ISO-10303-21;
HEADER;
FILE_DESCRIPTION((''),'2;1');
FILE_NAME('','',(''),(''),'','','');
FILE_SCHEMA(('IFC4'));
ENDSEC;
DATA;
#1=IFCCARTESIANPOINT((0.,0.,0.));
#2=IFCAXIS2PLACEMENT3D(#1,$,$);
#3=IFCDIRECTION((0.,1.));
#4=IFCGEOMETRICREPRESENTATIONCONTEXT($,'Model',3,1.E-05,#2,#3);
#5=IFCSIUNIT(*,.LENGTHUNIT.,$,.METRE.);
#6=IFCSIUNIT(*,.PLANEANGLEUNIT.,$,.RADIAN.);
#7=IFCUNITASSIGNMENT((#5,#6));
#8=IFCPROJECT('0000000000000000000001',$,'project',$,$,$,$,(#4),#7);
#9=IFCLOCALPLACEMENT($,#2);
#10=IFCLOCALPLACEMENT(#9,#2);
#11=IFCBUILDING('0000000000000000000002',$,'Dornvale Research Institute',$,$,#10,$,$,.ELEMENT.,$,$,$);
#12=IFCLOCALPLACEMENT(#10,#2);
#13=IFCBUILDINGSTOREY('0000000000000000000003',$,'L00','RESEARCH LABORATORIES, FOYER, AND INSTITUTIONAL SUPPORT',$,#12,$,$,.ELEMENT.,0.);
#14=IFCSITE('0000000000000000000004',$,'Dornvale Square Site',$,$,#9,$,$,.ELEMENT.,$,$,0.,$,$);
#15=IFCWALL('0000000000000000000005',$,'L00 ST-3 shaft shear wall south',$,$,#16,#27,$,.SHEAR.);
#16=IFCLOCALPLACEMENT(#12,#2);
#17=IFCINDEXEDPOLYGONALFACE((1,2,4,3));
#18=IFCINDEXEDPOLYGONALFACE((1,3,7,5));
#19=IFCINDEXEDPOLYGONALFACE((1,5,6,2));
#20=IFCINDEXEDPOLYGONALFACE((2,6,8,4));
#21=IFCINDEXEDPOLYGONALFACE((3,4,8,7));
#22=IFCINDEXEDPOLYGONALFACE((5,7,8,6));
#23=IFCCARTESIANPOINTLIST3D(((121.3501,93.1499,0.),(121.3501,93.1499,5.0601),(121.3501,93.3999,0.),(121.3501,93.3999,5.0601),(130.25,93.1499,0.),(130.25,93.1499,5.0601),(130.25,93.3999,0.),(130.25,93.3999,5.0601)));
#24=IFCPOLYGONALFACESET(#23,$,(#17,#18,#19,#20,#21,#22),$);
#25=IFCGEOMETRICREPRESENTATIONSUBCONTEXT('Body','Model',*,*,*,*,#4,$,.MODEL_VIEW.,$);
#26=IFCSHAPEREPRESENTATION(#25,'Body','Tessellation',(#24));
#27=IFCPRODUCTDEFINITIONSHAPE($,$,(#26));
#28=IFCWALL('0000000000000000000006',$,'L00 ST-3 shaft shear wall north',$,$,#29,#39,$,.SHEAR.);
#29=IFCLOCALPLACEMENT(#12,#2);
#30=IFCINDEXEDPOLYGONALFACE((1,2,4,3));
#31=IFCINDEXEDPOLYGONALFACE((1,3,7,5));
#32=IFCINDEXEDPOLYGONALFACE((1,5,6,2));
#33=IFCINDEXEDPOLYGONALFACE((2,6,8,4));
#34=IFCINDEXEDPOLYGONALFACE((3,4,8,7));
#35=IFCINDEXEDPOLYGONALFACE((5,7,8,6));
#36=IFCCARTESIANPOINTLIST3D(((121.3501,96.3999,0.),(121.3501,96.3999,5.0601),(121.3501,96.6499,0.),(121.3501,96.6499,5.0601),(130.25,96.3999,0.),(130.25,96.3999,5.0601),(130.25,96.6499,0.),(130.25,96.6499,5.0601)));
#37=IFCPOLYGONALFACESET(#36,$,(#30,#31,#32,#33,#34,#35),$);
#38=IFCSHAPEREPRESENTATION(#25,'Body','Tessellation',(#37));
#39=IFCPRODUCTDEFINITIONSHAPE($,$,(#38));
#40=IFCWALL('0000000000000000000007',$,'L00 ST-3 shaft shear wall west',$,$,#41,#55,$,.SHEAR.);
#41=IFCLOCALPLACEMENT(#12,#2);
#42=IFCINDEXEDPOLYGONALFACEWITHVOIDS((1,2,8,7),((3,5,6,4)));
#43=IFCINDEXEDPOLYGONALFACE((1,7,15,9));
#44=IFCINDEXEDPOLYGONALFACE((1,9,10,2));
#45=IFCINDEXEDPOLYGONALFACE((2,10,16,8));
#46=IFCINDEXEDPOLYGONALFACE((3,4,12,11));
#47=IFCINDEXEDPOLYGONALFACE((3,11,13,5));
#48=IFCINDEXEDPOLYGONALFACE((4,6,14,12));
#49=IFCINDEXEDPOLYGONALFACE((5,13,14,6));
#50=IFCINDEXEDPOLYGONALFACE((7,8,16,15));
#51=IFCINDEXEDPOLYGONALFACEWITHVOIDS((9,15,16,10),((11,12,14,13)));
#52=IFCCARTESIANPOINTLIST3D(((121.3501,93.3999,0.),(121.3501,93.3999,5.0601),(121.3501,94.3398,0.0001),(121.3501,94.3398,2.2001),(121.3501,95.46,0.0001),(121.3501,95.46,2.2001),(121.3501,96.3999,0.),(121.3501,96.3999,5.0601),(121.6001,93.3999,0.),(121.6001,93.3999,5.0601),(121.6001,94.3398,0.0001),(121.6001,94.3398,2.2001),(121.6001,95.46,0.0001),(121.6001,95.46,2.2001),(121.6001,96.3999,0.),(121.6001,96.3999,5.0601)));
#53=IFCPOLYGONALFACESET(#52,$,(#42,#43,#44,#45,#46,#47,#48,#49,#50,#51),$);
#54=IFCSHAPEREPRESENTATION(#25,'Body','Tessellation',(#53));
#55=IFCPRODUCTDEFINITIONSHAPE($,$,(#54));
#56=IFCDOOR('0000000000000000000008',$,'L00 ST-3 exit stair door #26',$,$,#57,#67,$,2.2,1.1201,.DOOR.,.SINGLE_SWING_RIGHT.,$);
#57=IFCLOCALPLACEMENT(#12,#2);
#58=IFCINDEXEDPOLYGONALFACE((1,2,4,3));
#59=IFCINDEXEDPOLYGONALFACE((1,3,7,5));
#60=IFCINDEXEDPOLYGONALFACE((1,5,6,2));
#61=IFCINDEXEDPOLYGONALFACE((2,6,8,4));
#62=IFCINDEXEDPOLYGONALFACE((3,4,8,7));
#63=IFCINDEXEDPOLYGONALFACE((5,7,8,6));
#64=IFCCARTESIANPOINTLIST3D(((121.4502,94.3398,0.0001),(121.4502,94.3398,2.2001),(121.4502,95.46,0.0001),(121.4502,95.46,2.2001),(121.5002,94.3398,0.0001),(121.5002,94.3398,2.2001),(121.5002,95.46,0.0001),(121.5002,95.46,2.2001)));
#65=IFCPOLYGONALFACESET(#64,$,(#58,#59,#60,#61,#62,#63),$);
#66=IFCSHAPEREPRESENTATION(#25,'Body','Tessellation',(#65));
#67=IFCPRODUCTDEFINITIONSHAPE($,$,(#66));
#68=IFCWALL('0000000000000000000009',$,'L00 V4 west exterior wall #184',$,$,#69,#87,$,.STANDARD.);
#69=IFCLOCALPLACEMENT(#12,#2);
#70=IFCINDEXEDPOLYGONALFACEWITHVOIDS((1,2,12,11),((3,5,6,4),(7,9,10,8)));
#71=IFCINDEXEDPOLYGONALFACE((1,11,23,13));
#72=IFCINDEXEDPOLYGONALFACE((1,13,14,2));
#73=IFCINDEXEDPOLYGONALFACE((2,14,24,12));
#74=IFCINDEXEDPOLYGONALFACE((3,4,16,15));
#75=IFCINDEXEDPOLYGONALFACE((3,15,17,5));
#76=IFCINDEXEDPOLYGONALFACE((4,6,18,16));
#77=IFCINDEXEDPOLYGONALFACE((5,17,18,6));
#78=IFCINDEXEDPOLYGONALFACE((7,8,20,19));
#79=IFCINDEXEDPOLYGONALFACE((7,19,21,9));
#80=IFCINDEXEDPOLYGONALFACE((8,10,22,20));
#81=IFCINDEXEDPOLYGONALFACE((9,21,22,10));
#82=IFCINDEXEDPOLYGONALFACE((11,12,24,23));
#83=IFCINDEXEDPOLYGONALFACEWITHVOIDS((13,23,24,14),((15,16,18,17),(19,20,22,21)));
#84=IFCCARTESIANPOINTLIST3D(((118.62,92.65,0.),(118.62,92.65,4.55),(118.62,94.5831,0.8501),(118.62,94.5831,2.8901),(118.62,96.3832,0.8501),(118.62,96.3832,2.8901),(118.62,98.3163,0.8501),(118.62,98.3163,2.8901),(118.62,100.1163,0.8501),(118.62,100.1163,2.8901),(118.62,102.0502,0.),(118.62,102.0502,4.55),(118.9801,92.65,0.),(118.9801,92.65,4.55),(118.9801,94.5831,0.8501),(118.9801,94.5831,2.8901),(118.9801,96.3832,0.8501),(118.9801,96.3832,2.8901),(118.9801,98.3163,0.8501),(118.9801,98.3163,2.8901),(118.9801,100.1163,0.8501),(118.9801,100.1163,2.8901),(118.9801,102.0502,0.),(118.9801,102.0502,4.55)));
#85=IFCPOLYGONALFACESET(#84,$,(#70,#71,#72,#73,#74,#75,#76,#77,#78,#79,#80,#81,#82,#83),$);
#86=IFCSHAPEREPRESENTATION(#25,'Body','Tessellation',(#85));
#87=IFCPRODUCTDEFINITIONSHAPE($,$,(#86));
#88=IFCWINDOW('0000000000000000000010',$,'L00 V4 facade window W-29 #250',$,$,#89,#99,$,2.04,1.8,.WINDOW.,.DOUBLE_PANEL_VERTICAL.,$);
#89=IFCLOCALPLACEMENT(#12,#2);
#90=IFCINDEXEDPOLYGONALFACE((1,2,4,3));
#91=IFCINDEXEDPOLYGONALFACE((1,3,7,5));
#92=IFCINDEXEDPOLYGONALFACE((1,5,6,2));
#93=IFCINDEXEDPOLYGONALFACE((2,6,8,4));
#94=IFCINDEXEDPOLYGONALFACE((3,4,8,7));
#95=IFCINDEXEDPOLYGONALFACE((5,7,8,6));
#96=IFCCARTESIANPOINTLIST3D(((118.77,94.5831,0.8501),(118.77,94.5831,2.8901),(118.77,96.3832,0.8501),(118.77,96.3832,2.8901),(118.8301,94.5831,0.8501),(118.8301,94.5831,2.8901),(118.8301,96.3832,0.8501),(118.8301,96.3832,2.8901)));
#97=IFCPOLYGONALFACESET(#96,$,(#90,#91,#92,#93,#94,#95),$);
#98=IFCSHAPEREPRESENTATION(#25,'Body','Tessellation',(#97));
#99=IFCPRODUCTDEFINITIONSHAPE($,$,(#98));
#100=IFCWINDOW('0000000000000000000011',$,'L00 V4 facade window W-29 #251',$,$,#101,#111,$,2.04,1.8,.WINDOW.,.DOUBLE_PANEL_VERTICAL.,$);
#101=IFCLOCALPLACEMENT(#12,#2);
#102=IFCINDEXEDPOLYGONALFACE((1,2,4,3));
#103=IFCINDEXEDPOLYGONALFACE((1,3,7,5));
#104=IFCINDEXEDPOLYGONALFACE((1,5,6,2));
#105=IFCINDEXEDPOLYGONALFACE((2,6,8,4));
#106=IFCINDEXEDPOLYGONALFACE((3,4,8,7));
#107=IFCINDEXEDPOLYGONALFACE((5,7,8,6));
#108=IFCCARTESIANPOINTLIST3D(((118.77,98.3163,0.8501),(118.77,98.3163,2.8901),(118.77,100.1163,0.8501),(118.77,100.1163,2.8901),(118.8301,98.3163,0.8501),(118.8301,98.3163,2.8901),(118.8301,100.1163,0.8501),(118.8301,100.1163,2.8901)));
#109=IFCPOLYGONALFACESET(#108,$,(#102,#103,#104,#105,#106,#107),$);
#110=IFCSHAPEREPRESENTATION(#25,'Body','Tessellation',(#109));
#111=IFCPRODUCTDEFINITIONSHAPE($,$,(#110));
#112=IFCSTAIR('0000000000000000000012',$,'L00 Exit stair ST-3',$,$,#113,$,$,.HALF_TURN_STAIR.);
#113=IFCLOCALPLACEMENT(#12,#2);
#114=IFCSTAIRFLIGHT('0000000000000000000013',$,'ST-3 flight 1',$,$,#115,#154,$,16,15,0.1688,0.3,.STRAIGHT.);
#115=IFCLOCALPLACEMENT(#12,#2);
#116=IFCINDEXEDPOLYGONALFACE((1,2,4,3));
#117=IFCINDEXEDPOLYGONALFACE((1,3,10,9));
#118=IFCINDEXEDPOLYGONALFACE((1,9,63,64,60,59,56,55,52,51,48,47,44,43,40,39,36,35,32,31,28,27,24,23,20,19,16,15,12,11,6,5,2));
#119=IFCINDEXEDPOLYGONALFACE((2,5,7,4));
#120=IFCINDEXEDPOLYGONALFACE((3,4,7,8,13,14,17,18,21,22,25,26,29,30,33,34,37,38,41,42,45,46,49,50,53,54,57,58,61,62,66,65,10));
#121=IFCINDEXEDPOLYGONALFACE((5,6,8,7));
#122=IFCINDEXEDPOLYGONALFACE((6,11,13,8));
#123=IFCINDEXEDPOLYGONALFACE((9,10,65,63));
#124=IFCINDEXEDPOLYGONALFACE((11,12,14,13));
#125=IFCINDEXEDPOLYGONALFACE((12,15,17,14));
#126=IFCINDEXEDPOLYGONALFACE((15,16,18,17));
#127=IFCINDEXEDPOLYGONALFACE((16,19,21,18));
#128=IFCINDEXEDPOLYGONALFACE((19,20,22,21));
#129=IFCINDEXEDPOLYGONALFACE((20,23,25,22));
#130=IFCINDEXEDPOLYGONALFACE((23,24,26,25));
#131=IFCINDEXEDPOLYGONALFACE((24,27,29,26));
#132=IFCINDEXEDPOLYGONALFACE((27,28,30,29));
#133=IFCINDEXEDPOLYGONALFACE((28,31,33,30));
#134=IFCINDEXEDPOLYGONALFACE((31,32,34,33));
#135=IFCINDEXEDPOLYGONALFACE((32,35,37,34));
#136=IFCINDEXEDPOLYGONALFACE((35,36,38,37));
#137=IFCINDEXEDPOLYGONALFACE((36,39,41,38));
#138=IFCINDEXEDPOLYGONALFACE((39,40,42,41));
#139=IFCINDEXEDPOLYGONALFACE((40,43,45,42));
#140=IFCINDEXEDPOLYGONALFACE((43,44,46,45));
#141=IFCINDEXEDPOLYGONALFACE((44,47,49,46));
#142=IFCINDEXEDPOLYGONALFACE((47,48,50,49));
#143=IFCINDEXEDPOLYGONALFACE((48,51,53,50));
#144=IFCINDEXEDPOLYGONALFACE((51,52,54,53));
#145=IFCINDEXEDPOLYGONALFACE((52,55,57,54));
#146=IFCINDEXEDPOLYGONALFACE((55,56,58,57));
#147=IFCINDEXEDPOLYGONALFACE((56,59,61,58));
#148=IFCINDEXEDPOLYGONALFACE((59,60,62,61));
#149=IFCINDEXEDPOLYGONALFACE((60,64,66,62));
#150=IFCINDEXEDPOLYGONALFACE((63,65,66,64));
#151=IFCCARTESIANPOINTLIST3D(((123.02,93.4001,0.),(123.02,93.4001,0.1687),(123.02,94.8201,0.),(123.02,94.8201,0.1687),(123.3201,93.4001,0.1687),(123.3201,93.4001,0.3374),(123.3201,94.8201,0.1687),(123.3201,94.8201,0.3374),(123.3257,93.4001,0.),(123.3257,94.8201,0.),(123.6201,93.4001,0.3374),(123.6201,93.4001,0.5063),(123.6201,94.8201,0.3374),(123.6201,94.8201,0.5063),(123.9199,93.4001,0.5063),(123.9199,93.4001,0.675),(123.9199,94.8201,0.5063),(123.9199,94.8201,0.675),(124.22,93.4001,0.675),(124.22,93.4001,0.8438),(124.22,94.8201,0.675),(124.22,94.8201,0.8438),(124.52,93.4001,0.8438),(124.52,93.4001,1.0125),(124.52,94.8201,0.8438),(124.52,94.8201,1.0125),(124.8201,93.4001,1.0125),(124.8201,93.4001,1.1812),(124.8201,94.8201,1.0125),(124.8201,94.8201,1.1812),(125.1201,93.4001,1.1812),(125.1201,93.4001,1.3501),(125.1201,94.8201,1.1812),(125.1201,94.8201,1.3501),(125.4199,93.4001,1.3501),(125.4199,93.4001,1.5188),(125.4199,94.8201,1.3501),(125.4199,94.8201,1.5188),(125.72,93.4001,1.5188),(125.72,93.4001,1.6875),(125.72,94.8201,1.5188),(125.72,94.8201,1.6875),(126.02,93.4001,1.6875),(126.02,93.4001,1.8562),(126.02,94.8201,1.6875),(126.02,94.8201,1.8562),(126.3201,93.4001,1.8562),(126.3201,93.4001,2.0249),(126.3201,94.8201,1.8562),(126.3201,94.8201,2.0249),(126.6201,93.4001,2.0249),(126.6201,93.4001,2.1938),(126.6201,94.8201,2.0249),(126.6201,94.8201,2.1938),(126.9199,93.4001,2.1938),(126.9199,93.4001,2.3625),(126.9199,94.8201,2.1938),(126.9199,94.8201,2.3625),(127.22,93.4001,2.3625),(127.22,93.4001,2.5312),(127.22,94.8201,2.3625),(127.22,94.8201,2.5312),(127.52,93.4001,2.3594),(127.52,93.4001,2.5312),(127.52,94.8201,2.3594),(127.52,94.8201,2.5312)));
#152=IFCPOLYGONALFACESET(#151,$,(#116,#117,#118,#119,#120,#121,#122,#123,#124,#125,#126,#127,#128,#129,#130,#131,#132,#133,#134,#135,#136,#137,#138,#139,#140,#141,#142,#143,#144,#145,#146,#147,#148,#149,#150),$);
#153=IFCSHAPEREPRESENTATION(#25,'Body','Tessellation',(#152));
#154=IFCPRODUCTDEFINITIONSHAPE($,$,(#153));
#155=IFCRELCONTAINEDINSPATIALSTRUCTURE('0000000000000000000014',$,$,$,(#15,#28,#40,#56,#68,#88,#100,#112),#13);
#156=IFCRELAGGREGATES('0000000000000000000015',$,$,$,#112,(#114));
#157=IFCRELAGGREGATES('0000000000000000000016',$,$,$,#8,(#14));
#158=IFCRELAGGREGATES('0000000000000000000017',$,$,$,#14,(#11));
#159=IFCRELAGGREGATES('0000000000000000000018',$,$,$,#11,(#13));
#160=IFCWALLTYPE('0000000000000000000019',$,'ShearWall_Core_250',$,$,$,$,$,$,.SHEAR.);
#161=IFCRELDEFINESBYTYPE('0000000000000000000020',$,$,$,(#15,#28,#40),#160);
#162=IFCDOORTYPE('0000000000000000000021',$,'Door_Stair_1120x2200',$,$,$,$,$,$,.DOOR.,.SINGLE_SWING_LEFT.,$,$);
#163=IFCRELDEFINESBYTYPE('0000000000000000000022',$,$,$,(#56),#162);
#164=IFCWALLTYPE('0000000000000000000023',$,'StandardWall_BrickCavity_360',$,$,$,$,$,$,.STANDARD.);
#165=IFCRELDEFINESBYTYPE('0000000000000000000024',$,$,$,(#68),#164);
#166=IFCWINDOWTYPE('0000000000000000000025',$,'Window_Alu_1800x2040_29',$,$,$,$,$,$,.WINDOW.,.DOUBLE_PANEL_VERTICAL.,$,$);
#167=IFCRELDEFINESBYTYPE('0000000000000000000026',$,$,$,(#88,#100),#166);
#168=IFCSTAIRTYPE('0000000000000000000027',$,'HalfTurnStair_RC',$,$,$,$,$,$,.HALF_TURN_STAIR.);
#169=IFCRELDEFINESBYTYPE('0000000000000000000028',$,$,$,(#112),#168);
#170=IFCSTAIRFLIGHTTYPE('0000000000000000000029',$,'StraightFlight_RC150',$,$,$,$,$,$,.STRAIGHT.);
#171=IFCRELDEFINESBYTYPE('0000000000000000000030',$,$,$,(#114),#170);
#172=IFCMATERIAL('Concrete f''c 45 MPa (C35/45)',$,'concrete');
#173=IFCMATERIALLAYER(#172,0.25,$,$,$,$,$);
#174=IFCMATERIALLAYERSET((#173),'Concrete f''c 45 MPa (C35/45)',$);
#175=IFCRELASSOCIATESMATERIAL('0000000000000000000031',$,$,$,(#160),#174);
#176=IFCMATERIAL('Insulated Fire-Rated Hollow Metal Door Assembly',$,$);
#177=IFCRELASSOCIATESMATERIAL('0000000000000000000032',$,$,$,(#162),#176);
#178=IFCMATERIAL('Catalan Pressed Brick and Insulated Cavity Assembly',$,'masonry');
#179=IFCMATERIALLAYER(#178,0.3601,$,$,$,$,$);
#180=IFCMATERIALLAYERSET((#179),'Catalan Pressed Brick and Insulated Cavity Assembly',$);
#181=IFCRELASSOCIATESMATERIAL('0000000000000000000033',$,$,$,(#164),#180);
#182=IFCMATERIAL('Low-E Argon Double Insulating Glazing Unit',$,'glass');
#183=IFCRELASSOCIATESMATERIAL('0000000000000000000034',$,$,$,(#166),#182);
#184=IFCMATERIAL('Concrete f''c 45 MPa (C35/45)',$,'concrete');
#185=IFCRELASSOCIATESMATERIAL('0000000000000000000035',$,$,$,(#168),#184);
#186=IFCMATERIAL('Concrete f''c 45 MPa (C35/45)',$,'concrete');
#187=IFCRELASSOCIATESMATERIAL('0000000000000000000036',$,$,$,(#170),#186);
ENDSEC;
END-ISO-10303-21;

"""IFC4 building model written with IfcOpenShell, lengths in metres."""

from ifc_helpers import new_model, si_unit, direction, frame, frame_2d, origin, place, context, subcontext, project, spatial, polyline, rectangle, outline, extrude, material, layer, layer_set, type_object, element, fill, aggregate, save


model = new_model("IFC4")

# Units and contexts
model_context = context("Model", 3, precision=1e-05, world=origin(), true_north=direction((0.0, 1.0)))
body_context = subcontext(model_context, "Body", "Model", "MODEL_VIEW")
ifc_project = project(units=[si_unit("LENGTHUNIT", "METRE"), si_unit("PLANEANGLEUNIT", "RADIAN")], contexts=[model_context])

# Site, building, storey
site_placement = place(None, origin())
site = spatial("IfcSite", under=ifc_project, at=site_placement, Name="Dornvale Square Site", CompositionType="ELEMENT", RefElevation=0.0)
building_placement = place(site_placement, origin())
building = spatial("IfcBuilding", under=site, at=building_placement, Name="Dornvale Research Institute", CompositionType="ELEMENT")
storey_placement = place(building_placement, origin())
storey = spatial("IfcBuildingStorey", under=building, at=storey_placement, Name="L00", Description="RESEARCH LABORATORIES, FOYER, AND INSTITUTIONAL SUPPORT", CompositionType="ELEMENT", Elevation=0.0)

# Walls
ifc_material_1 = material(Name="Concrete f'c 45 MPa (C35/45)", Category="concrete")
ifc_layer_1 = layer(ifc_material_1, 0.25)
ifc_layer_set_1 = layer_set([ifc_layer_1], Name="Concrete f'c 45 MPa (C35/45)")
wall_type_1 = type_object("IfcWallType", Name="ShearWall_Core_250", PredefinedType="SHEAR", material=ifc_layer_set_1)
for number, where, z_axis, x_axis, name in (
    (1, (121.3501, 93.2749, 0.0), (0.0, 0.0, 1.0), (1.0, 0.0, 0.0), "L00 ST-3 shaft shear wall south"),
    (2, (121.3501, 96.5249, 0.0), (0.0, 0.0, 1.0), (1.0, 0.0, 0.0), "L00 ST-3 shaft shear wall north"),
):
    element("IfcWall", number, at=place(storey_placement, frame(where, z_axis=z_axis, x_axis=x_axis)), inside=storey, type_object=wall_type_1, Name=name, PredefinedType="SHEAR", context=body_context, shape_type="SweptSolid", body=[
        extrude(rectangle(XDim=8.8999, YDim=0.25, at=frame_2d((4.45, 0.0))), origin(), (0.0, 0.0, 1.0), 5.0601),
    ])

# Wall, opening, door
wall_1_placement = place(storey_placement, frame((121.4751, 93.3999, 0.0), z_axis=(0.0, 0.0, 1.0), x_axis=(0.0, 1.0, 0.0)))
wall_1 = element("IfcWall", 3, at=wall_1_placement, inside=storey, type_object=wall_type_1, Name="L00 ST-3 shaft shear wall west", PredefinedType="SHEAR", context=body_context, shape_type="SweptSolid", body=[
    extrude(rectangle(XDim=3.0, YDim=0.25, at=frame_2d((1.5, 0.0))), origin(), (0.0, 0.0, 1.0), 5.0601),
])
opening_1_placement = place(wall_1_placement, frame((0.9399, 0.0, 0.0)))
opening_1 = element("IfcOpeningElement", 4, at=opening_1_placement, cuts=wall_1, PredefinedType="OPENING", context=body_context, shape_type="SweptSolid", body=[
    extrude(rectangle(XDim=1.1201, YDim=2.2, at=frame_2d((0.5601, 1.1001))), frame((0.0, 0.1399, 0.0), z_axis=(0.0, -1.0, 0.0), x_axis=(1.0, 0.0, 0.0)), (0.0, 0.0, 1.0), 0.28),
])
ifc_material_2 = material(Name="Insulated Fire-Rated Hollow Metal Door Assembly")
door_type = type_object("IfcDoorType", Name="Door_Stair_1120x2200", OperationType="SINGLE_SWING_LEFT", PredefinedType="DOOR", material=ifc_material_2)
door_placement = place(opening_1_placement, origin())
door = element("IfcDoor", 5, at=door_placement, inside=storey, type_object=door_type, Name="L00 ST-3 exit stair door #26", OperationType="SINGLE_SWING_RIGHT", OverallHeight=2.2, OverallWidth=1.1201, PredefinedType="DOOR", context=body_context, shape_type="SweptSolid", body=[
    extrude(rectangle(XDim=1.1201, YDim=2.2, at=frame_2d((0.5601, 1.1001))), frame((0.0, 0.0249, 0.0), z_axis=(0.0, -1.0, 0.0), x_axis=(1.0, 0.0, 0.0)), (0.0, 0.0, 1.0), 0.05),
])
fill(opening_1, door)

# Wall, openings, windows
ifc_material_3 = material(Name="Catalan Pressed Brick and Insulated Cavity Assembly", Category="masonry")
ifc_layer_2 = layer(ifc_material_3, 0.3601)
ifc_layer_set_2 = layer_set([ifc_layer_2], Name="Catalan Pressed Brick and Insulated Cavity Assembly")
wall_type_2 = type_object("IfcWallType", Name="StandardWall_BrickCavity_360", PredefinedType="STANDARD", material=ifc_layer_set_2)
wall_2_placement = place(storey_placement, frame((118.8, 92.6499, 0.0), z_axis=(0.0, 0.0, 1.0), x_axis=(0.0, 1.0, 0.0)))
wall_2 = element("IfcWall", 6, at=wall_2_placement, inside=storey, type_object=wall_type_2, Name="L00 V4 west exterior wall #184", PredefinedType="STANDARD", context=body_context, shape_type="SweptSolid", body=[
    extrude(rectangle(XDim=9.4001, YDim=0.3601, at=frame_2d((4.7002, 0.0))), origin(), (0.0, 0.0, 1.0), 4.55),
])
opening_2_placement = place(wall_2_placement, frame((1.9333, 0.0, 0.8501)))
opening_2 = element("IfcOpeningElement", 7, at=opening_2_placement, cuts=wall_2, PredefinedType="OPENING", context=body_context, shape_type="SweptSolid", body=[
    extrude(rectangle(XDim=1.8, YDim=2.04, at=frame_2d((0.8999, 1.02))), frame((0.0, 0.1951, 0.0), z_axis=(0.0, -1.0, 0.0), x_axis=(1.0, 0.0, 0.0)), (0.0, 0.0, 1.0), 0.3901),
])
opening_3_placement = place(wall_2_placement, frame((5.6665, 0.0, 0.8501)))
opening_3 = element("IfcOpeningElement", 8, at=opening_3_placement, cuts=wall_2, PredefinedType="OPENING", context=body_context, shape_type="SweptSolid", body=[
    extrude(rectangle(XDim=1.8, YDim=2.04, at=frame_2d((0.8999, 1.02))), frame((0.0, 0.1951, 0.0), z_axis=(0.0, -1.0, 0.0), x_axis=(1.0, 0.0, 0.0)), (0.0, 0.0, 1.0), 0.3901),
])
ifc_material_4 = material(Name="Low-E Argon Double Insulating Glazing Unit", Category="glass")
window_type = type_object("IfcWindowType", Name="Window_Alu_1800x2040_29", PartitioningType="DOUBLE_PANEL_VERTICAL", PredefinedType="WINDOW", material=ifc_material_4)
window_1_placement = place(opening_2_placement, origin())
window_1 = element("IfcWindow", 9, at=window_1_placement, inside=storey, type_object=window_type, Name="L00 V4 facade window W-29 #250", OverallHeight=2.04, OverallWidth=1.8, PartitioningType="DOUBLE_PANEL_VERTICAL", PredefinedType="WINDOW", context=body_context, shape_type="SweptSolid", body=[
    extrude(rectangle(XDim=1.8, YDim=2.04, at=frame_2d((0.8999, 1.02))), frame((0.0, 0.03, 0.0), z_axis=(0.0, -1.0, 0.0), x_axis=(1.0, 0.0, 0.0)), (0.0, 0.0, 1.0), 0.0601),
])
fill(opening_2, window_1)
window_2_placement = place(opening_3_placement, origin())
window_2 = element("IfcWindow", 10, at=window_2_placement, inside=storey, type_object=window_type, Name="L00 V4 facade window W-29 #251", OverallHeight=2.04, OverallWidth=1.8, PartitioningType="DOUBLE_PANEL_VERTICAL", PredefinedType="WINDOW", context=body_context, shape_type="SweptSolid", body=[
    extrude(rectangle(XDim=1.8, YDim=2.04, at=frame_2d((0.8999, 1.02))), frame((0.0, 0.03, 0.0), z_axis=(0.0, -1.0, 0.0), x_axis=(1.0, 0.0, 0.0)), (0.0, 0.0, 1.0), 0.0601),
])
fill(opening_3, window_2)

# Stair, stair flight
ifc_material_5 = material(Name="Concrete f'c 45 MPa (C35/45)", Category="concrete")
stair_type = type_object("IfcStairType", Name="HalfTurnStair_RC", PredefinedType="HALF_TURN_STAIR", material=ifc_material_5)
stair_placement = place(storey_placement, origin())
stair = element("IfcStair", 11, at=stair_placement, inside=storey, type_object=stair_type, Name="L00 Exit stair ST-3", PredefinedType="HALF_TURN_STAIR")
ifc_material_6 = material(Name="Concrete f'c 45 MPa (C35/45)", Category="concrete")
stair_flight_type = type_object("IfcStairFlightType", Name="StraightFlight_RC150", PredefinedType="STRAIGHT", material=ifc_material_6)
stair_flight_placement = place(storey_placement, frame((123.02, 94.1101, 0.0), z_axis=(0.0, 0.0, 1.0), x_axis=(1.0, 0.0, 0.0)))
stair_flight = element("IfcStairFlight", 12, at=stair_flight_placement, type_object=stair_flight_type, Name="ST-3 flight 1", NumberOfRisers=16, NumberOfTreads=15, PredefinedType="STRAIGHT", RiserHeight=0.1688, TreadLength=0.3, context=body_context, shape_type="SweptSolid", body=[
    extrude(outline(polyline([(0.0, 0.0), (0.0, 0.1687), (0.3, 0.1687), (0.3, 0.3374), (0.6001, 0.3374), (0.6001, 0.5063), (0.8999, 0.5063), (0.8999, 0.675), (1.2, 0.675), (1.2, 0.8438), (1.5, 0.8438), (1.5, 1.0125), (1.8, 1.0125), (1.8, 1.1812), (2.1001, 1.1812), (2.1001, 1.3501), (2.3999, 1.3501), (2.3999, 1.5188), (2.7, 1.5188), (2.7, 1.6875), (3.0, 1.6875), (3.0, 1.8562), (3.3, 1.8562), (3.3, 2.0249), (3.6001, 2.0249), (3.6001, 2.1938), (3.8999, 2.1938), (3.8999, 2.3625), (4.2, 2.3625), (4.2, 2.5312), (4.5, 2.5312), (4.5, 2.7), (4.5, 2.3594), (0.3057, 0.0), (0.0, 0.0)])), frame((0.0, 0.71, 0.0), z_axis=(0.0, -1.0, 0.0), x_axis=(1.0, 0.0, 0.0)), (0.0, 0.0, 1.0), 1.4199),
])
aggregate(stair, [stair_flight])

save(model, "model.ifc")
